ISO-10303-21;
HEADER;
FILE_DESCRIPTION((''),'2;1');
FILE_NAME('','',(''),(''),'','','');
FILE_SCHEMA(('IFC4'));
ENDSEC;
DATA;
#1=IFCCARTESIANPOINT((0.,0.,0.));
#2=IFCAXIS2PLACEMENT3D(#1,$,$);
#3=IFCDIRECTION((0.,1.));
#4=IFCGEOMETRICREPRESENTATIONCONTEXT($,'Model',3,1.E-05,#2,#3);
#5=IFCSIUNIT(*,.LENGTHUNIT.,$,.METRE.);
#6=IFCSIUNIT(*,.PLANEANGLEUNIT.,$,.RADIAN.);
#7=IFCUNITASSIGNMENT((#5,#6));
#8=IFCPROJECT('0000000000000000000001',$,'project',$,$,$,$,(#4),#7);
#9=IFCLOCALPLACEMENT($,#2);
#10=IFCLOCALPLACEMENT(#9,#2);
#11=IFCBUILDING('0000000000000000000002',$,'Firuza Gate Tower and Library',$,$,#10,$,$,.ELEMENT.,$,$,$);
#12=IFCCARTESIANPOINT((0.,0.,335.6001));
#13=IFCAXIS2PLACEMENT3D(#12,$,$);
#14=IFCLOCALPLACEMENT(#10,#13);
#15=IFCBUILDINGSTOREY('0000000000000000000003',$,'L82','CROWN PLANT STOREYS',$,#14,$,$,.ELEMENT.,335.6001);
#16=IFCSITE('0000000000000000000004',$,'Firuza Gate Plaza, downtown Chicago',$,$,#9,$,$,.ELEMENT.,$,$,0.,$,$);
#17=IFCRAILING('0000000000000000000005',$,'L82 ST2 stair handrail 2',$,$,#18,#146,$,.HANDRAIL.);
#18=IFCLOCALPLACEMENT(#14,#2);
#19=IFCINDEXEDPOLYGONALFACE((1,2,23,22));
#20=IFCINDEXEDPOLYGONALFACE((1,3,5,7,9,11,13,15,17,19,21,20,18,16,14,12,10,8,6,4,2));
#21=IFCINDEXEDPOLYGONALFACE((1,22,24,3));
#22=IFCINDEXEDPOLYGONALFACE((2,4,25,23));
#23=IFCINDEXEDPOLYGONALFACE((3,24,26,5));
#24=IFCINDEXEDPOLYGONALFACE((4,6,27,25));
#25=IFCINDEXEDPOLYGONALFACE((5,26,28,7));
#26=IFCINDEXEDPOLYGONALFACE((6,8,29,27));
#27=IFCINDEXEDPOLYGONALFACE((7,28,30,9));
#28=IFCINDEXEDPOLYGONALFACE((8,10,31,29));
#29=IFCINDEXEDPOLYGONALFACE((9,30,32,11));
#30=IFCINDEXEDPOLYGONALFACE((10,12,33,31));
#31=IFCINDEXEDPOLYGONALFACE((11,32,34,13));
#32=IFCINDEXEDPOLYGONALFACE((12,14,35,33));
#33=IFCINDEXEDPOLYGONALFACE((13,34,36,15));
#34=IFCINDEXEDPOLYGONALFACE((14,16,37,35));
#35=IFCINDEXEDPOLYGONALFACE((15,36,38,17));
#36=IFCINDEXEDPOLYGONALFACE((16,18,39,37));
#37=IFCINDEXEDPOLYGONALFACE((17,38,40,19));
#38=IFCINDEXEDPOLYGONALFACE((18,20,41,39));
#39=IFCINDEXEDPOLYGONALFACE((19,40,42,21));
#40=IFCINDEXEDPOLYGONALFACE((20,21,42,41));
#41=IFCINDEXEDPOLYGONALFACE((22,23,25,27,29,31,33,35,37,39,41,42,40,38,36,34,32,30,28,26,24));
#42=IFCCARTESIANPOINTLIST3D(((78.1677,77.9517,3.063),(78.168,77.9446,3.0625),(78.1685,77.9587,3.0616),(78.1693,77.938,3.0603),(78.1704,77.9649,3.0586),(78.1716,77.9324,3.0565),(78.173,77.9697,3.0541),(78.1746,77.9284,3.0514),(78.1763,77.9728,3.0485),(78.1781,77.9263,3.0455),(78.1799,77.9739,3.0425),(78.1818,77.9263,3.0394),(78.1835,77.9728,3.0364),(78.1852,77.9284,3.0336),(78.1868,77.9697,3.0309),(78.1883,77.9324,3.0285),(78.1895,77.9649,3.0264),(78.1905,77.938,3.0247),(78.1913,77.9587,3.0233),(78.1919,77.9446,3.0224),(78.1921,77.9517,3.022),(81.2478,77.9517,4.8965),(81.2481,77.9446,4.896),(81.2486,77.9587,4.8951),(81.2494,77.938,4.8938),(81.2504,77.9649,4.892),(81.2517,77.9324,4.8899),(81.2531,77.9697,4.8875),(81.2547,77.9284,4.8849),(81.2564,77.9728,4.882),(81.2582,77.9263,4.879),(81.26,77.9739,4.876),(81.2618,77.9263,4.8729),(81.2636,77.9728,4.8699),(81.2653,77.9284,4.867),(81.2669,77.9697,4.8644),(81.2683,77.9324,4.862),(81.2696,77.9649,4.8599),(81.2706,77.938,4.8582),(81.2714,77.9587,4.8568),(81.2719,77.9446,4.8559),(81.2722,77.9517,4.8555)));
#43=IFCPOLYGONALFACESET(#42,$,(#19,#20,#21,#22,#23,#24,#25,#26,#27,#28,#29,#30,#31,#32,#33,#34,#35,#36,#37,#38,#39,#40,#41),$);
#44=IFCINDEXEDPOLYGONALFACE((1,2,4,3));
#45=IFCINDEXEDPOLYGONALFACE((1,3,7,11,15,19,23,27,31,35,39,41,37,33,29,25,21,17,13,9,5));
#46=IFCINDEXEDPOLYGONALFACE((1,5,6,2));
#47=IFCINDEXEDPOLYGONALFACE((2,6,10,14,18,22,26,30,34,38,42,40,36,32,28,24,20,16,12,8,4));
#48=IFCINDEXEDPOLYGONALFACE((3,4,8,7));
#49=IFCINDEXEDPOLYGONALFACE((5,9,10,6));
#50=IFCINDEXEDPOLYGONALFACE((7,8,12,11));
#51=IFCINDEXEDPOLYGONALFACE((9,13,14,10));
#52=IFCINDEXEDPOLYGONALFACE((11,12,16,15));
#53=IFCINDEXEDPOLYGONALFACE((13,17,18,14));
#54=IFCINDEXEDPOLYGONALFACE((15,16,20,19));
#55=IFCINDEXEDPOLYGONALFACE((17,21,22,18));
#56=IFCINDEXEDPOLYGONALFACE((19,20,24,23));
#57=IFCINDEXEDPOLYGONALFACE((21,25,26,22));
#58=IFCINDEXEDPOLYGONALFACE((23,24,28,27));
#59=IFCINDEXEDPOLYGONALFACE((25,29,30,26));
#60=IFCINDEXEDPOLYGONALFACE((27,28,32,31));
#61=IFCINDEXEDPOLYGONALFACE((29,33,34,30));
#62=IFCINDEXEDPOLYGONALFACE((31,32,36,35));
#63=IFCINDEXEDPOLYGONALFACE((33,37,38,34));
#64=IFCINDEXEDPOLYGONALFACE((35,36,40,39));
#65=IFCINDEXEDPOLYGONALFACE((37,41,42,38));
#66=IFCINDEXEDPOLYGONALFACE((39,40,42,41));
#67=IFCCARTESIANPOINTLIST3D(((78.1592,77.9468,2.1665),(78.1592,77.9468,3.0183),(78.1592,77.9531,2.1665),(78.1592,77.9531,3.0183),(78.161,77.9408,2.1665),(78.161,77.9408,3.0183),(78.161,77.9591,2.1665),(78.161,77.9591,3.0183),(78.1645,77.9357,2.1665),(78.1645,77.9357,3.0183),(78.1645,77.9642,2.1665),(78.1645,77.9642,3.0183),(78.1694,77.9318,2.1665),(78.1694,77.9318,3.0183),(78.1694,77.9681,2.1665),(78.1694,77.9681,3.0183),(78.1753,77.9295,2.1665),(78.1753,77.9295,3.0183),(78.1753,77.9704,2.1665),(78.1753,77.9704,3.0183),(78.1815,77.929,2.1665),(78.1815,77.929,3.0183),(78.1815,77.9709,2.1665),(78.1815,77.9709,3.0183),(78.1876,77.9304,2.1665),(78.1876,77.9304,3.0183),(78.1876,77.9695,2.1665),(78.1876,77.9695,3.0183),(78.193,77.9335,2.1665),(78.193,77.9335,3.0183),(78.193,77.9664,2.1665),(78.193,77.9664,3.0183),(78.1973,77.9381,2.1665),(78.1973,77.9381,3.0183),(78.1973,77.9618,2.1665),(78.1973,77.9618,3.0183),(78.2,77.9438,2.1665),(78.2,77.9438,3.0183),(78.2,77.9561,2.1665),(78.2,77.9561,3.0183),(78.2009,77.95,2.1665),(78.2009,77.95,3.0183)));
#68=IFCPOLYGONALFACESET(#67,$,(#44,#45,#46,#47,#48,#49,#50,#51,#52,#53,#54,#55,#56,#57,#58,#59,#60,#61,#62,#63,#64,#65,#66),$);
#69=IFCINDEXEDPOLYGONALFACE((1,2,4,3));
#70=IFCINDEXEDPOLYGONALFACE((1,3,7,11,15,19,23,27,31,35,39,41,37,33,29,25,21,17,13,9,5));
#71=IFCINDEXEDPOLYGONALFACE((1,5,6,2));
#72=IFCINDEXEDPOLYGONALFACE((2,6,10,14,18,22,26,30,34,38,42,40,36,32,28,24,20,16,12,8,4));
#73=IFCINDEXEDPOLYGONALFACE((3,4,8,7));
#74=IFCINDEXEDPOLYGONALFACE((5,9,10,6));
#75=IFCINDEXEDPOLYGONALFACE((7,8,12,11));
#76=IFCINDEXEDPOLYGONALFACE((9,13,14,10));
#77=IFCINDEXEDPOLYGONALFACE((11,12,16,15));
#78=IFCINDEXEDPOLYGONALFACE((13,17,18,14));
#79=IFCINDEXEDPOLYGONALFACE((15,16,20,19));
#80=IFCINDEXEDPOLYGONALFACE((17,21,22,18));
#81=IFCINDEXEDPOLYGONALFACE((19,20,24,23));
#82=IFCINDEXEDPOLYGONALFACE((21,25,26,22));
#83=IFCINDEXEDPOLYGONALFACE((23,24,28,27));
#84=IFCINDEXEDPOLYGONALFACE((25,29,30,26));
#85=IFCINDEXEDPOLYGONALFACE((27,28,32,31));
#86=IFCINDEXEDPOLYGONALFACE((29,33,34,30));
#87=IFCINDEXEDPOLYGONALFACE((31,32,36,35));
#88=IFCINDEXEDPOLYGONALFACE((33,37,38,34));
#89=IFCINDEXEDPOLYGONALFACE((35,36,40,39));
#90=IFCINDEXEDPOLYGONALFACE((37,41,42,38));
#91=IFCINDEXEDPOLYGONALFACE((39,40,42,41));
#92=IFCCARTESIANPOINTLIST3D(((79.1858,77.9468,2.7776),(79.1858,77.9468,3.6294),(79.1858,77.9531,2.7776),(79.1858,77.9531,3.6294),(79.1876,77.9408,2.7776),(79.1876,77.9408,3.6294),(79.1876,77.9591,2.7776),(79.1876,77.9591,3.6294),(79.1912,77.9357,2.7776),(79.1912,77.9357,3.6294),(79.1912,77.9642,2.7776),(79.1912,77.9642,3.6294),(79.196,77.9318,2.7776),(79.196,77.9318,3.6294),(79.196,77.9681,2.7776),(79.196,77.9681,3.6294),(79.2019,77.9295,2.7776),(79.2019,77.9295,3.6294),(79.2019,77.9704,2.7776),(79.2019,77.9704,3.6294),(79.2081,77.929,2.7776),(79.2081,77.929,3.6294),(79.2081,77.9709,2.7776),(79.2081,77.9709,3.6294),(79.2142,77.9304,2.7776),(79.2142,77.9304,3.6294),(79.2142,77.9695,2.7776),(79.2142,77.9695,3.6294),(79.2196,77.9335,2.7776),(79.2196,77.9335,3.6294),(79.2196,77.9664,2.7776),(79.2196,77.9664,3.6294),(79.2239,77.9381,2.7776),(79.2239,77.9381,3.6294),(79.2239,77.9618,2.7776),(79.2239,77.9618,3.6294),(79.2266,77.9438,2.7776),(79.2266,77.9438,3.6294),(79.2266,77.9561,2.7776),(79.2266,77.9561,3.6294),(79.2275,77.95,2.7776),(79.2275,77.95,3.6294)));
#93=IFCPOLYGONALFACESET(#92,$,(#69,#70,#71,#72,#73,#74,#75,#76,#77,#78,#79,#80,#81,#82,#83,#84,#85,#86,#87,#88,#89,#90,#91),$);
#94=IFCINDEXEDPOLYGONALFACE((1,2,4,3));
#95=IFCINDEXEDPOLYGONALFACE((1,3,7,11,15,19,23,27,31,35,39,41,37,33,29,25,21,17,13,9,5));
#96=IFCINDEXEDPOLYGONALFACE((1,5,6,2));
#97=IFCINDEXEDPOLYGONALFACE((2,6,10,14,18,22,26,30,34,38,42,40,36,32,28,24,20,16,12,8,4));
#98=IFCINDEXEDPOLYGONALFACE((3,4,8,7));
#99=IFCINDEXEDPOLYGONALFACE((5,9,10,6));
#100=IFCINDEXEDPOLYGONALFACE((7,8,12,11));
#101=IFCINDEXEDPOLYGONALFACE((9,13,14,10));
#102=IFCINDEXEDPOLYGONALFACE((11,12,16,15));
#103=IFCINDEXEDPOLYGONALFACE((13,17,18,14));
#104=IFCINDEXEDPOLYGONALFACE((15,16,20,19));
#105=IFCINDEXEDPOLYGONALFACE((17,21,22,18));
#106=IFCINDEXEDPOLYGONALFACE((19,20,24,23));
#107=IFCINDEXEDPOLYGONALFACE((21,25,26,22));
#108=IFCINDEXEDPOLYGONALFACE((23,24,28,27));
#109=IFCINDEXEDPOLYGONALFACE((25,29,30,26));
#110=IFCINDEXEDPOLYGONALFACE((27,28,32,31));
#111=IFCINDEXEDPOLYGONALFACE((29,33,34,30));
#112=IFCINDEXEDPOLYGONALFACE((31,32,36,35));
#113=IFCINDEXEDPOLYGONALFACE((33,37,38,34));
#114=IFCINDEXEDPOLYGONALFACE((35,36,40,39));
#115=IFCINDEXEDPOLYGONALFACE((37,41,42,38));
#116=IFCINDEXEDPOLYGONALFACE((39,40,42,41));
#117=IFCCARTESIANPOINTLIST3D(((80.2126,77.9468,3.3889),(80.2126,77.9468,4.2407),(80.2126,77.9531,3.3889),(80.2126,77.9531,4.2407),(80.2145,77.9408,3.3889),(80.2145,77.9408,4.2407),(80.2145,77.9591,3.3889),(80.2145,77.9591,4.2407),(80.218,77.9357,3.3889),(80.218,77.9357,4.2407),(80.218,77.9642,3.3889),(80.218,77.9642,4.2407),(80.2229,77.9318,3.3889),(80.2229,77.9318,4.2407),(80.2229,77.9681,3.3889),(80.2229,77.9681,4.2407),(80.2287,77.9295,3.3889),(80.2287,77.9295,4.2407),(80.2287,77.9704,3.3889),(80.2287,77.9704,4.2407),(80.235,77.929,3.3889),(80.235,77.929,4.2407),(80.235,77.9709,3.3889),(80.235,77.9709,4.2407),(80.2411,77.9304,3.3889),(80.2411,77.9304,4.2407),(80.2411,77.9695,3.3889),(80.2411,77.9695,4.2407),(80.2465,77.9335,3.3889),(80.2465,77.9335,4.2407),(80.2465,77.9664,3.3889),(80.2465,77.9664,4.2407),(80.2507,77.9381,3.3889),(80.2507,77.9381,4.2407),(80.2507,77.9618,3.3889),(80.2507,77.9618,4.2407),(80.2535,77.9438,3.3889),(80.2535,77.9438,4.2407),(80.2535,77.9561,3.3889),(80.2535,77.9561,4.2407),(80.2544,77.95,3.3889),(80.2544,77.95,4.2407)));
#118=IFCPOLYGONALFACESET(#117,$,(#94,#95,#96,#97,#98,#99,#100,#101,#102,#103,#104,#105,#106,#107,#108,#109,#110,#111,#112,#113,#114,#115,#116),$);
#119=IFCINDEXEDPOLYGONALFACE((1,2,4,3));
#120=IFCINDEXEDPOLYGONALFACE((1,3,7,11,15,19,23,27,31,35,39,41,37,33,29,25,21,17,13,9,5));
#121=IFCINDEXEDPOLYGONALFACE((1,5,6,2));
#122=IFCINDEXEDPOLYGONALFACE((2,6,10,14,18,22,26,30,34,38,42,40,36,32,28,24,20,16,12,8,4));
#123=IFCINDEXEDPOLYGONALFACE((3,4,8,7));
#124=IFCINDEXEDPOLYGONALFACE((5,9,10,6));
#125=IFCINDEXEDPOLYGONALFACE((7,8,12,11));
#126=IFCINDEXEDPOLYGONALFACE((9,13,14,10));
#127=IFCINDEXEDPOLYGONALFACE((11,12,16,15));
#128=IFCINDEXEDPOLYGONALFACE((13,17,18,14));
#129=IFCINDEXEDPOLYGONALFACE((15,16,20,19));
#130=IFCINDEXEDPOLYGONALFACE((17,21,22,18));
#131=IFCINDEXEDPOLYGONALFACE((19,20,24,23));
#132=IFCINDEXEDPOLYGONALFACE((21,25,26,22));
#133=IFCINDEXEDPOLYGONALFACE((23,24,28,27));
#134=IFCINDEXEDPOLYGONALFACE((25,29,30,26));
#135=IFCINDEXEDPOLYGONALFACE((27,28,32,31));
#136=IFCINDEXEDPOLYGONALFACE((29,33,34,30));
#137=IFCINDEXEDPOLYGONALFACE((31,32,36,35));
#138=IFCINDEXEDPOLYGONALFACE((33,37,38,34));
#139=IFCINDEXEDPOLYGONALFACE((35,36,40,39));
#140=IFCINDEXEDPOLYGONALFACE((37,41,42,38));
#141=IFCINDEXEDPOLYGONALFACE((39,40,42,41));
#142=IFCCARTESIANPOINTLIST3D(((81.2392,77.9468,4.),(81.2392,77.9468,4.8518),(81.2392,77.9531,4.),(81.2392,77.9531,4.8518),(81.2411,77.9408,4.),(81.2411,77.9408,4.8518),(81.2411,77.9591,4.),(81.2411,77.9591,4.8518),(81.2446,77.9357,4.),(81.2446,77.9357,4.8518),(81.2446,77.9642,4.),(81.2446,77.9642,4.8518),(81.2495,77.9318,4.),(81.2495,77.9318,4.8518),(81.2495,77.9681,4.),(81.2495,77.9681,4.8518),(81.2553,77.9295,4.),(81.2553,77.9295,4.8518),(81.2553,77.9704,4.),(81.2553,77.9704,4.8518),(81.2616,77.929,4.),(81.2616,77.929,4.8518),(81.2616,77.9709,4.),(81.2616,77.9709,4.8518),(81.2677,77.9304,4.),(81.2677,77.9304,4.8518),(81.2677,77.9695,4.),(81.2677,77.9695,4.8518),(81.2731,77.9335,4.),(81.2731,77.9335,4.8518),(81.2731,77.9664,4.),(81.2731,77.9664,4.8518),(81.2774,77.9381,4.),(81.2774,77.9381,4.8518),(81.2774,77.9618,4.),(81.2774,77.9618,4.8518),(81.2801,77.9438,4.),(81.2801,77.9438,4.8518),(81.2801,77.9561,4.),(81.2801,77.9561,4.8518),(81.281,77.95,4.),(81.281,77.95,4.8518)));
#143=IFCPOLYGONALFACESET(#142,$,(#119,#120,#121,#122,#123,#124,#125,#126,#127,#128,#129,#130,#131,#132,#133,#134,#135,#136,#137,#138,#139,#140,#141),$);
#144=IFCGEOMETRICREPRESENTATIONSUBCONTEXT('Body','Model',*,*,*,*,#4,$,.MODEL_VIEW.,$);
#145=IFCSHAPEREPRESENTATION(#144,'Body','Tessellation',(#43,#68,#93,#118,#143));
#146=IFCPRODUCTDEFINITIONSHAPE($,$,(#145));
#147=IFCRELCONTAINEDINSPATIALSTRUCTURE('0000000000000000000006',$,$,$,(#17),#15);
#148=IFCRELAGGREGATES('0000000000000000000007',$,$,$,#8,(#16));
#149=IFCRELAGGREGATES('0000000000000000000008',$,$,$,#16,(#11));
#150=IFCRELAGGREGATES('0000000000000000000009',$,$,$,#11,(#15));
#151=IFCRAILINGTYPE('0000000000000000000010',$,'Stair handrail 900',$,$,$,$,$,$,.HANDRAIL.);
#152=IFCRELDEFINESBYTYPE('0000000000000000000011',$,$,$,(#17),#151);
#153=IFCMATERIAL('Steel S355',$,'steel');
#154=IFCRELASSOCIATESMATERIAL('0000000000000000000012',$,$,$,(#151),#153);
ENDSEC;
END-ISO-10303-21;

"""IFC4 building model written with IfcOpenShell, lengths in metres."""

from ifc_helpers import new_model, si_unit, direction, frame, origin, origin_2d, place, context, subcontext, project, spatial, circle, extrude, material, type_object, element, save


model = new_model("IFC4")

# Units and contexts
model_context = context("Model", 3, precision=1e-05, world=origin(), true_north=direction((0.0, 1.0)))
body_context = subcontext(model_context, "Body", "Model", "MODEL_VIEW")
ifc_project = project(units=[si_unit("LENGTHUNIT", "METRE"), si_unit("PLANEANGLEUNIT", "RADIAN")], contexts=[model_context])

# Site, building, storey
site_placement = place(None, origin())
site = spatial("IfcSite", under=ifc_project, at=site_placement, Name="Firuza Gate Plaza, downtown Chicago", CompositionType="ELEMENT", RefElevation=0.0)
building_placement = place(site_placement, origin())
building = spatial("IfcBuilding", under=site, at=building_placement, Name="Firuza Gate Tower and Library", CompositionType="ELEMENT")
storey_placement = place(building_placement, frame((0.0, 0.0, 335.6001)))
storey = spatial("IfcBuildingStorey", under=building, at=storey_placement, Name="L82", Description="CROWN PLANT STOREYS", CompositionType="ELEMENT", Elevation=335.6001)

# Railing
ifc_material_1 = material(Name="Steel S355", Category="steel")
railing_type_1 = type_object("IfcRailingType", Name="Stair handrail 900", PredefinedType="HANDRAIL", material=ifc_material_1)
railing_1_placement = place(storey_placement, frame((78.1799, 77.95, 2.1665)))
element("IfcRailing", 1, at=railing_1_placement, inside=storey, type_object=railing_type_1, Name="L82 ST2 stair handrail 2", PredefinedType="HANDRAIL", context=body_context, shape_type="SweptSolid", body=[
    extrude(circle(Radius=0.0239, at=origin_2d()), frame((0.0, 0.0, 0.876), z_axis=(0.859279, 0.0, 0.511508), x_axis=(0.0, 1.0, 0.0)), (0.0, 0.0, 1.0), 3.5845),
    extrude(circle(Radius=0.021, at=origin_2d()), origin(), (0.0, 0.0, 1.0), 0.8518),
    extrude(circle(Radius=0.021, at=origin_2d()), frame((1.0266, 0.0, 0.6111)), (0.0, 0.0, 1.0), 0.8518),
    extrude(circle(Radius=0.021, at=origin_2d()), frame((2.0535, 0.0, 1.2224)), (0.0, 0.0, 1.0), 0.8518),
    extrude(circle(Radius=0.021, at=origin_2d()), frame((3.0801, 0.0, 1.8335)), (0.0, 0.0, 1.0), 0.8518),
])

save(model, "model.ifc")
